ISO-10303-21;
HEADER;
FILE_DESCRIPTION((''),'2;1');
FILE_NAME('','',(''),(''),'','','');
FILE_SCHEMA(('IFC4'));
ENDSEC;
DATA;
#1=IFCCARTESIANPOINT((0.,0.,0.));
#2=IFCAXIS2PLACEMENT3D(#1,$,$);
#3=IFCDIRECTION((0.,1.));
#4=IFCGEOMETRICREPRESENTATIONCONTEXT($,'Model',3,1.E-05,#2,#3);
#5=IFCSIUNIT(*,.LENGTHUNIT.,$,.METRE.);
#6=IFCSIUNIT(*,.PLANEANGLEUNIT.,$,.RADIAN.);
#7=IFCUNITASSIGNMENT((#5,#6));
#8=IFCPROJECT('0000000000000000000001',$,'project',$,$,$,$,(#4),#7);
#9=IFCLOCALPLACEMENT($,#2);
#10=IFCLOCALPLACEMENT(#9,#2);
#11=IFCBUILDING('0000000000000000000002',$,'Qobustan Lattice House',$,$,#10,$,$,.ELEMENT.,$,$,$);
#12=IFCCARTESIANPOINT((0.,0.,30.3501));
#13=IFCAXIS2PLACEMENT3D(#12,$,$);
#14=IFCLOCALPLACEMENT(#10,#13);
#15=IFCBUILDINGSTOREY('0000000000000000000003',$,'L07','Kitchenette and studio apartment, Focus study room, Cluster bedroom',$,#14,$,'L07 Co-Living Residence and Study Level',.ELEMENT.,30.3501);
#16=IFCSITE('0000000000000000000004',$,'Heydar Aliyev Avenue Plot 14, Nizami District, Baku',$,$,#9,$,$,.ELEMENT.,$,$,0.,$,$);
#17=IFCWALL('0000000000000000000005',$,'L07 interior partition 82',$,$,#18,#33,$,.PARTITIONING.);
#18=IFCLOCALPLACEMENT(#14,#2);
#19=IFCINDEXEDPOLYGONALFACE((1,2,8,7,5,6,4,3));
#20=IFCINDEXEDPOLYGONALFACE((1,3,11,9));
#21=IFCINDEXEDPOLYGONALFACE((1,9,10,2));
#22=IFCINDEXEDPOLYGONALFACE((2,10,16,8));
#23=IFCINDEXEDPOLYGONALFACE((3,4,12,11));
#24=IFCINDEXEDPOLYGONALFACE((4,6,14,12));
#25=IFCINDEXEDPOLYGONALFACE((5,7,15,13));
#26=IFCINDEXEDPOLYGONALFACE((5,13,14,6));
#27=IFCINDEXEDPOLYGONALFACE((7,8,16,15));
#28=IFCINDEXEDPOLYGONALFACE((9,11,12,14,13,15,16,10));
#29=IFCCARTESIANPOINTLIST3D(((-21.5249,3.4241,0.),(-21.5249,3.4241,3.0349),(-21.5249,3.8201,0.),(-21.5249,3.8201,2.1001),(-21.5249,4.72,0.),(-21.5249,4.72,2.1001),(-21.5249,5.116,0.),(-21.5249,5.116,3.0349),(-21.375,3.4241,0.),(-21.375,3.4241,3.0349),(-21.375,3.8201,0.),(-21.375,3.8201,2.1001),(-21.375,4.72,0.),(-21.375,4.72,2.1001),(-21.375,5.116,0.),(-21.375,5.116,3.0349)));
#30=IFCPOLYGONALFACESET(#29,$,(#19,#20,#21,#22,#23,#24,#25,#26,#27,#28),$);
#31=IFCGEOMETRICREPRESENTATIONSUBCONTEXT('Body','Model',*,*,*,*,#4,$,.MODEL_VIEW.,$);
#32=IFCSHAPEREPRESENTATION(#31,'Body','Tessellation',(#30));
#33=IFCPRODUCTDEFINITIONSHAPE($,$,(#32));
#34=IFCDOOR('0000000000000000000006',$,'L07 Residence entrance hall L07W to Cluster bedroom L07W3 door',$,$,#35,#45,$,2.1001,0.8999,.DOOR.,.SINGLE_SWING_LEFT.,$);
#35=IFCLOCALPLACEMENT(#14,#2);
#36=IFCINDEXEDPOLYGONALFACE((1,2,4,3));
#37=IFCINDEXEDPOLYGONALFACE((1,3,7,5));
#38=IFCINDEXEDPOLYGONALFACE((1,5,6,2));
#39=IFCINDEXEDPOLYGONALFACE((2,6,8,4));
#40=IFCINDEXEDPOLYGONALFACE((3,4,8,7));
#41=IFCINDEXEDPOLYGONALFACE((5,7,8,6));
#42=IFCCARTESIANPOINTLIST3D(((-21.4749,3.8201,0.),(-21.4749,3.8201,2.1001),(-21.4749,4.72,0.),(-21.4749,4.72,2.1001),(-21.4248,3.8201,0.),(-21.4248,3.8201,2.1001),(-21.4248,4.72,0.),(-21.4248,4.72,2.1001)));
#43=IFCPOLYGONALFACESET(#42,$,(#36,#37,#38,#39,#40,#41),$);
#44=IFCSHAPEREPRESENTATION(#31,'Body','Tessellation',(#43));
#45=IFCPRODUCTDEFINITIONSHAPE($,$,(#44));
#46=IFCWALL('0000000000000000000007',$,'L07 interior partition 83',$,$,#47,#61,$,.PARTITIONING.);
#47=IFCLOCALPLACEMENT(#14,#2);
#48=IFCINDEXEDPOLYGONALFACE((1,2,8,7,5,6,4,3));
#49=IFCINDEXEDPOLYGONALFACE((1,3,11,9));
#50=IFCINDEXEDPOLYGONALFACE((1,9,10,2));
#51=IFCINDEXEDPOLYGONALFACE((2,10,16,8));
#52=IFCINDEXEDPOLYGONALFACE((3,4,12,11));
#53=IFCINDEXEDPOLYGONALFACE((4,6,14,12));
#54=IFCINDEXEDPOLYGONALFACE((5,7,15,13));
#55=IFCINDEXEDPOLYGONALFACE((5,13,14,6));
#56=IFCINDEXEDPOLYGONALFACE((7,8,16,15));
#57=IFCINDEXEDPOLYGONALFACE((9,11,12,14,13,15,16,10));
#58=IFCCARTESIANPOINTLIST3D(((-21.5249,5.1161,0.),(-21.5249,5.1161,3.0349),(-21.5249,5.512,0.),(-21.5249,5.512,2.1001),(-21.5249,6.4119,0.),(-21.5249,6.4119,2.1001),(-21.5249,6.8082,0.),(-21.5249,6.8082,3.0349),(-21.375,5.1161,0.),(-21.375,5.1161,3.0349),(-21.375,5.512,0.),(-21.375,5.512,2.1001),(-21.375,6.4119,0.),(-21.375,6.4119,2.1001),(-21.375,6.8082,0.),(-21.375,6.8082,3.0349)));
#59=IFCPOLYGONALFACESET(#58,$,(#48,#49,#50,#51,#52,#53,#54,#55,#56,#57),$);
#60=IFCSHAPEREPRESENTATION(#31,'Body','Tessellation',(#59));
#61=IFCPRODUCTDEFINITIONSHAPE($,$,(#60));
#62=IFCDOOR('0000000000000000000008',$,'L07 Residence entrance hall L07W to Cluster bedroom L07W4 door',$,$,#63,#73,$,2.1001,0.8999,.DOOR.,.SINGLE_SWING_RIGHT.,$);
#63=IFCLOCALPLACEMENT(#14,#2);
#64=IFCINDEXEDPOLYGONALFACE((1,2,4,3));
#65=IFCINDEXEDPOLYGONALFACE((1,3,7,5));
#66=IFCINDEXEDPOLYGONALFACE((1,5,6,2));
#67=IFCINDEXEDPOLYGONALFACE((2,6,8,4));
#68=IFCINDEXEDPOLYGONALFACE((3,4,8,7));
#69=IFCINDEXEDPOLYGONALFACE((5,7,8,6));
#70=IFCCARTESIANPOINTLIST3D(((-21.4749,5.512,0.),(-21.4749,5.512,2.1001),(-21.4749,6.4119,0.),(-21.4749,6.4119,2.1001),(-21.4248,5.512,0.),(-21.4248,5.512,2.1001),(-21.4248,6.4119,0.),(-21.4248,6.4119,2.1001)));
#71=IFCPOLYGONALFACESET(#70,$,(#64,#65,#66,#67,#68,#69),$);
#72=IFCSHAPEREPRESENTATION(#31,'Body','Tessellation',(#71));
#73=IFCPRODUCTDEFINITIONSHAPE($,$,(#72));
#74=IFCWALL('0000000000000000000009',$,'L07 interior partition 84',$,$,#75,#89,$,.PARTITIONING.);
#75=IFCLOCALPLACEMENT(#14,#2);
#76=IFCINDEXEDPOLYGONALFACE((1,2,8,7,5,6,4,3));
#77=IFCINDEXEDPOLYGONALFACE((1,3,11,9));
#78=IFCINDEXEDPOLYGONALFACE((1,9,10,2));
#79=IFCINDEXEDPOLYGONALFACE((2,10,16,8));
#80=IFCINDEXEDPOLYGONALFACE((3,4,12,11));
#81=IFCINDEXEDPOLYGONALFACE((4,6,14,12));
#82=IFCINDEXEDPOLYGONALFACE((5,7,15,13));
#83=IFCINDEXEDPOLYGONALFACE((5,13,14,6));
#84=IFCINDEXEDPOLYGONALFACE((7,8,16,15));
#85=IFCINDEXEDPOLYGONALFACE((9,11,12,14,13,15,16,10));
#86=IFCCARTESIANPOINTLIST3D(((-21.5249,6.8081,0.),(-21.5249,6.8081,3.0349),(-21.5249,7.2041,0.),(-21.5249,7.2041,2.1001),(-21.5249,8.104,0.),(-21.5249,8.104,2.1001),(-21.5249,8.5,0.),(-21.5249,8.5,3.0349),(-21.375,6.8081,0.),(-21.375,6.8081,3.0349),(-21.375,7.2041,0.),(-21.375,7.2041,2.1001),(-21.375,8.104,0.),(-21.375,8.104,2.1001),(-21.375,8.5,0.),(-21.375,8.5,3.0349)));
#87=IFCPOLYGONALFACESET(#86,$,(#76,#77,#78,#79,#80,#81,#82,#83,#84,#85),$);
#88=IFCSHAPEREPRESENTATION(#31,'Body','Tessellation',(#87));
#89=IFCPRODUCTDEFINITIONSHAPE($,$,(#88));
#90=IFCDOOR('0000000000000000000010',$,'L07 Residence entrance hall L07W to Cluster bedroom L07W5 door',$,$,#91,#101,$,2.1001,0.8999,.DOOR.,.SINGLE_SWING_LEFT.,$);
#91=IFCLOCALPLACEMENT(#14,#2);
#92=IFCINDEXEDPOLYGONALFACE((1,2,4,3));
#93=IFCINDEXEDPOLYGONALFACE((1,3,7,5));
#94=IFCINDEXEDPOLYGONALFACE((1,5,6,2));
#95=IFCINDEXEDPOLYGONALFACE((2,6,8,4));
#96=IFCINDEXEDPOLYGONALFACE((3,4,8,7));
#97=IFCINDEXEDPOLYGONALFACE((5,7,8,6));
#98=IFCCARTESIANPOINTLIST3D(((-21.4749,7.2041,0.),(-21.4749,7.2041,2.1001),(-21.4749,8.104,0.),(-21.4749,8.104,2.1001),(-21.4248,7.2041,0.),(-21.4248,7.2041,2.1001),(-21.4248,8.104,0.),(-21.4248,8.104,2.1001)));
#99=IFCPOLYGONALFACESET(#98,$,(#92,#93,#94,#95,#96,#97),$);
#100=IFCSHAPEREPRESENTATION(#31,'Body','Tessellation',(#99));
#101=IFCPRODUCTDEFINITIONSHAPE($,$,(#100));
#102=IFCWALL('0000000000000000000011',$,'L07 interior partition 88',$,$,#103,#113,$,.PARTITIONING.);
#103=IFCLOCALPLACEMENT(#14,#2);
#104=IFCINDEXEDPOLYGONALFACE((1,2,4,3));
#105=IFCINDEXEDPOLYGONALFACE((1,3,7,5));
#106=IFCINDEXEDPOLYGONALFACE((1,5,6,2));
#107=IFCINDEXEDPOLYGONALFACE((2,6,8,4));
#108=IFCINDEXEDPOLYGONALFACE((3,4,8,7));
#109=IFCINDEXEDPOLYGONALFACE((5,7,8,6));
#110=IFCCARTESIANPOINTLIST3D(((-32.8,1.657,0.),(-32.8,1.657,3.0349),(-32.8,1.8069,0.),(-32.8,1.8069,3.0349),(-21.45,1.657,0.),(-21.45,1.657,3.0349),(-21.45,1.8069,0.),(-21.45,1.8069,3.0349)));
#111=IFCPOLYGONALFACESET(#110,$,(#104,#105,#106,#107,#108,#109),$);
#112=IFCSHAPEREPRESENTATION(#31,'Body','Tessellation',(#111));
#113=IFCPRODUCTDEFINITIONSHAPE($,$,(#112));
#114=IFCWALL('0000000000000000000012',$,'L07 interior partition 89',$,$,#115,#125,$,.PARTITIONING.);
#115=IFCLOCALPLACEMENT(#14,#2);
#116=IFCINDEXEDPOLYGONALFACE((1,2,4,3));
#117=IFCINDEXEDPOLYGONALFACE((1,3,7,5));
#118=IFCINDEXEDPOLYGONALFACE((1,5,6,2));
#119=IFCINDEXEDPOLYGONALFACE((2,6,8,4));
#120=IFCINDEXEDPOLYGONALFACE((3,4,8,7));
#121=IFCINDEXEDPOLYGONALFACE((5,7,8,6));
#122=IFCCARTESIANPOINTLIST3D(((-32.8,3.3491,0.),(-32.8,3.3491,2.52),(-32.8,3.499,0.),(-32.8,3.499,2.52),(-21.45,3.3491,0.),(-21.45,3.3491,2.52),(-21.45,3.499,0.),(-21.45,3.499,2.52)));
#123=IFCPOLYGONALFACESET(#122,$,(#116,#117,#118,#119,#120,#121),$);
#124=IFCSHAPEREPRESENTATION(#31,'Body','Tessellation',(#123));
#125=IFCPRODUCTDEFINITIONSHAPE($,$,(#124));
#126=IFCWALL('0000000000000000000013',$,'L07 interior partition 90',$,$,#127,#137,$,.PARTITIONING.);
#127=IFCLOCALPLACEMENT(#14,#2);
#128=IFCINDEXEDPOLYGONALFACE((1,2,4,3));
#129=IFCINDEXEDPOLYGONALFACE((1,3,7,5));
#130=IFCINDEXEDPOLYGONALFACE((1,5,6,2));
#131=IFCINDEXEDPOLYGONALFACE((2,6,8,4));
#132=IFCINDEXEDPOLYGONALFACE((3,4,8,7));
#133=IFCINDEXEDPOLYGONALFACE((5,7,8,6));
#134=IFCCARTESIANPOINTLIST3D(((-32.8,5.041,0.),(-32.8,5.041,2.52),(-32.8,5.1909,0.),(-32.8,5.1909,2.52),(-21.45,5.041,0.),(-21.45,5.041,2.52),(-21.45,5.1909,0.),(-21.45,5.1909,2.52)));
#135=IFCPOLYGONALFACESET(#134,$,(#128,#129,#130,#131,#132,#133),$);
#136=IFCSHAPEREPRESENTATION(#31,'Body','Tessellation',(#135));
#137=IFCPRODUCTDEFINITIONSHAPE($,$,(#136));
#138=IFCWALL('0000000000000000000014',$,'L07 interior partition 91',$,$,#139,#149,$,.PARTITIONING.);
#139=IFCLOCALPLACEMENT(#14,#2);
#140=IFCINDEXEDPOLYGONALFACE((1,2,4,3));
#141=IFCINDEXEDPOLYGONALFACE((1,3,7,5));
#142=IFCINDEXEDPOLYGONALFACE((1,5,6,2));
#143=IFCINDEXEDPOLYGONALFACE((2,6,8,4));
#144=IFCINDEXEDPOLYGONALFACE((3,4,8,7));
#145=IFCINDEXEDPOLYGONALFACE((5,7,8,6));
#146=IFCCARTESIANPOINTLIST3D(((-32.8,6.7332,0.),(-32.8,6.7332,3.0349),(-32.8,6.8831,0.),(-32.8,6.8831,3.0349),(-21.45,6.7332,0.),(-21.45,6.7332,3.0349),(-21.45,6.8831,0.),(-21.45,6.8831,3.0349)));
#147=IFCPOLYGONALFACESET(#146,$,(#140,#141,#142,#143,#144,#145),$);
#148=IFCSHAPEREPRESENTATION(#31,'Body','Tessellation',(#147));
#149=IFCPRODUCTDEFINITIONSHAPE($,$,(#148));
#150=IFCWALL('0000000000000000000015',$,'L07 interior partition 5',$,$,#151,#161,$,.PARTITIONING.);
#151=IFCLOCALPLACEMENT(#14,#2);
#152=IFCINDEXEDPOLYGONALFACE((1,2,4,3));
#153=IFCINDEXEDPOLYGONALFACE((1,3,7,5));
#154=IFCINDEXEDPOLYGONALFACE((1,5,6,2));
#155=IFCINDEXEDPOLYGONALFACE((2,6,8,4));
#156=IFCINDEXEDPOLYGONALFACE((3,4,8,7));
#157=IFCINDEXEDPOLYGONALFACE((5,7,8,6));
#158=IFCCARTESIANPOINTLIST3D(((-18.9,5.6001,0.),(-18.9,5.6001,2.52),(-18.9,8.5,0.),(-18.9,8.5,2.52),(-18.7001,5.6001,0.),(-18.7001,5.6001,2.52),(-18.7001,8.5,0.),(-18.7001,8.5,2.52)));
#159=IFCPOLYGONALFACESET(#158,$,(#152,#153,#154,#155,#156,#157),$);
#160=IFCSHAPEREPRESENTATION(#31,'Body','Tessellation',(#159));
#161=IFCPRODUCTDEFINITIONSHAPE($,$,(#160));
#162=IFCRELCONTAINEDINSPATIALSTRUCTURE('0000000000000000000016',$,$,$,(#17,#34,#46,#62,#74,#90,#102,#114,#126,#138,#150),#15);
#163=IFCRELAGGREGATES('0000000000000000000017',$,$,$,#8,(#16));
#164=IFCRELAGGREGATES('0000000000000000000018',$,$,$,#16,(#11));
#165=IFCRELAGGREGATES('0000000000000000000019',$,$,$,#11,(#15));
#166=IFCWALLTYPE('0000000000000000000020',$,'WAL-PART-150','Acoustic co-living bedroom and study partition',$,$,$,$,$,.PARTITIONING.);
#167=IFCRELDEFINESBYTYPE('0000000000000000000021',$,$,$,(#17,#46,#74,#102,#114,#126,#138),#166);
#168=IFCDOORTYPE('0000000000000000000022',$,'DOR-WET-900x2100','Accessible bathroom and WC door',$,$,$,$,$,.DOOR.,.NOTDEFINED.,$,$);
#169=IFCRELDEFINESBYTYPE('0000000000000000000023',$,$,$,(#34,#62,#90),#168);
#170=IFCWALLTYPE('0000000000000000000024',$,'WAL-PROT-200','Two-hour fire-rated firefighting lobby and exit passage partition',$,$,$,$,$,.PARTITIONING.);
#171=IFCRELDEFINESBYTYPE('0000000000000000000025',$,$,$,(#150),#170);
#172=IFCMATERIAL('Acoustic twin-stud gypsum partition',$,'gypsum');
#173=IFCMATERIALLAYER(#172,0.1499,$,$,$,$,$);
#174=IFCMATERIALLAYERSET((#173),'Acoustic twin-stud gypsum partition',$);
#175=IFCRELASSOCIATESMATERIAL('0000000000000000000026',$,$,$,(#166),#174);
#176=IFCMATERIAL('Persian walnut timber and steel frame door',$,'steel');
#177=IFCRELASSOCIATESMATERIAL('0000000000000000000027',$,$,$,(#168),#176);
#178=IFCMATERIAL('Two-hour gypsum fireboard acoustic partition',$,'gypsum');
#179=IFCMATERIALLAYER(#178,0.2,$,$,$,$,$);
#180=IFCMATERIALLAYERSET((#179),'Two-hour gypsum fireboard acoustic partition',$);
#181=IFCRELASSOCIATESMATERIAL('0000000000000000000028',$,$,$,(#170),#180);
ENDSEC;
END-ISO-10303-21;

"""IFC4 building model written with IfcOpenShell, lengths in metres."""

from ifc_helpers import new_model, si_unit, direction, frame, frame_2d, origin, place, context, subcontext, project, spatial, rectangle, extrude, material, layer, layer_set, type_object, element, fill, save


model = new_model("IFC4")

# Units and contexts
model_context = context("Model", 3, precision=1e-05, world=origin(), true_north=direction((0.0, 1.0)))
body_context = subcontext(model_context, "Body", "Model", "MODEL_VIEW")
ifc_project = project(units=[si_unit("LENGTHUNIT", "METRE"), si_unit("PLANEANGLEUNIT", "RADIAN")], contexts=[model_context])

# Site, building, storey
site_placement = place(None, origin())
site = spatial("IfcSite", under=ifc_project, at=site_placement, Name="Heydar Aliyev Avenue Plot 14, Nizami District, Baku", CompositionType="ELEMENT", RefElevation=0.0)
building_placement = place(site_placement, origin())
building = spatial("IfcBuilding", under=site, at=building_placement, Name="Qobustan Lattice House", CompositionType="ELEMENT")
storey_placement = place(building_placement, frame((0.0, 0.0, 30.3501)))
storey = spatial("IfcBuildingStorey", under=building, at=storey_placement, Name="L07", Description="Kitchenette and studio apartment, Focus study room, Cluster bedroom", LongName="L07 Co-Living Residence and Study Level", CompositionType="ELEMENT", Elevation=30.3501)

# Shared definitions
ifc_material_1 = material(Name="Acoustic twin-stud gypsum partition", Category="gypsum")
ifc_layer_1 = layer(ifc_material_1, 0.1499)
ifc_layer_set_1 = layer_set([ifc_layer_1], Name="Acoustic twin-stud gypsum partition")
wall_type_1 = type_object("IfcWallType", Name="WAL-PART-150", Description="Acoustic co-living bedroom and study partition", PredefinedType="PARTITIONING", material=ifc_layer_set_1)

# Walls, openings, doors
ifc_material_2 = material(Name="Persian walnut timber and steel frame door", Category="steel")
door_type_1 = type_object("IfcDoorType", Name="DOR-WET-900x2100", Description="Accessible bathroom and WC door", OperationType="NOTDEFINED", PredefinedType="DOOR", material=ifc_material_2)
wall_1_placement = place(storey_placement, frame((-21.45, 3.4241, 0.0), z_axis=(0.0, 0.0, 1.0), x_axis=(0.0, 1.0, 0.0)))
wall_1 = element("IfcWall", 1, at=wall_1_placement, inside=storey, type_object=wall_type_1, Name="L07 interior partition 82", PredefinedType="PARTITIONING", context=body_context, shape_type="SweptSolid", body=[
    extrude(rectangle(XDim=1.6919, YDim=0.1499, at=frame_2d((0.8459, 0.0))), origin(), (0.0, 0.0, 1.0), 3.0349),
])
opening_1_placement = place(wall_1_placement, frame((0.396, 0.0, 0.0)))
opening_1 = element("IfcOpeningElement", 2, at=opening_1_placement, cuts=wall_1, PredefinedType="OPENING", context=body_context, shape_type="SweptSolid", body=[
    extrude(rectangle(XDim=0.8999, YDim=2.1001, at=frame_2d((0.45, 1.05))), frame((0.0, 0.085, 0.0), z_axis=(0.0, -1.0, 0.0), x_axis=(1.0, 0.0, 0.0)), (0.0, 0.0, 1.0), 0.1699),
])
door_1_placement = place(opening_1_placement, origin())
door_1 = element("IfcDoor", 3, at=door_1_placement, inside=storey, type_object=door_type_1, Name="L07 Residence entrance hall L07W to Cluster bedroom L07W3 door", OperationType="SINGLE_SWING_LEFT", OverallHeight=2.1001, OverallWidth=0.8999, PredefinedType="DOOR", context=body_context, shape_type="SweptSolid", body=[
    extrude(rectangle(XDim=0.8999, YDim=2.1001, at=frame_2d((0.45, 1.05))), frame((0.0, 0.0249, 0.0), z_axis=(0.0, -1.0, 0.0), x_axis=(1.0, 0.0, 0.0)), (0.0, 0.0, 1.0), 0.05),
])
fill(opening_1, door_1)
wall_2_placement = place(storey_placement, frame((-21.45, 5.116, 0.0), z_axis=(0.0, 0.0, 1.0), x_axis=(0.0, 1.0, 0.0)))
wall_2 = element("IfcWall", 4, at=wall_2_placement, inside=storey, type_object=wall_type_1, Name="L07 interior partition 83", PredefinedType="PARTITIONING", context=body_context, shape_type="SweptSolid", body=[
    extrude(rectangle(XDim=1.6921, YDim=0.1499, at=frame_2d((0.8462, 0.0))), origin(), (0.0, 0.0, 1.0), 3.0349),
])
opening_2_placement = place(wall_2_placement, frame((0.396, 0.0, 0.0)))
opening_2 = element("IfcOpeningElement", 5, at=opening_2_placement, cuts=wall_2, PredefinedType="OPENING", context=body_context, shape_type="SweptSolid", body=[
    extrude(rectangle(XDim=0.8999, YDim=2.1001, at=frame_2d((0.45, 1.05))), frame((0.0, 0.085, 0.0), z_axis=(0.0, -1.0, 0.0), x_axis=(1.0, 0.0, 0.0)), (0.0, 0.0, 1.0), 0.1699),
])
door_2_placement = place(opening_2_placement, origin())
door_2 = element("IfcDoor", 6, at=door_2_placement, inside=storey, type_object=door_type_1, Name="L07 Residence entrance hall L07W to Cluster bedroom L07W4 door", OperationType="SINGLE_SWING_RIGHT", OverallHeight=2.1001, OverallWidth=0.8999, PredefinedType="DOOR", context=body_context, shape_type="SweptSolid", body=[
    extrude(rectangle(XDim=0.8999, YDim=2.1001, at=frame_2d((0.45, 1.05))), frame((0.0, 0.0249, 0.0), z_axis=(0.0, -1.0, 0.0), x_axis=(1.0, 0.0, 0.0)), (0.0, 0.0, 1.0), 0.05),
])
fill(opening_2, door_2)
wall_3_placement = place(storey_placement, frame((-21.45, 6.8081, 0.0), z_axis=(0.0, 0.0, 1.0), x_axis=(0.0, 1.0, 0.0)))
wall_3 = element("IfcWall", 7, at=wall_3_placement, inside=storey, type_object=wall_type_1, Name="L07 interior partition 84", PredefinedType="PARTITIONING", context=body_context, shape_type="SweptSolid", body=[
    extrude(rectangle(XDim=1.6919, YDim=0.1499, at=frame_2d((0.8459, 0.0))), origin(), (0.0, 0.0, 1.0), 3.0349),
])
opening_3_placement = place(wall_3_placement, frame((0.396, 0.0, 0.0)))
opening_3 = element("IfcOpeningElement", 8, at=opening_3_placement, cuts=wall_3, PredefinedType="OPENING", context=body_context, shape_type="SweptSolid", body=[
    extrude(rectangle(XDim=0.8999, YDim=2.1001, at=frame_2d((0.45, 1.05))), frame((0.0, 0.085, 0.0), z_axis=(0.0, -1.0, 0.0), x_axis=(1.0, 0.0, 0.0)), (0.0, 0.0, 1.0), 0.1699),
])
door_3_placement = place(opening_3_placement, origin())
door_3 = element("IfcDoor", 9, at=door_3_placement, inside=storey, type_object=door_type_1, Name="L07 Residence entrance hall L07W to Cluster bedroom L07W5 door", OperationType="SINGLE_SWING_LEFT", OverallHeight=2.1001, OverallWidth=0.8999, PredefinedType="DOOR", context=body_context, shape_type="SweptSolid", body=[
    extrude(rectangle(XDim=0.8999, YDim=2.1001, at=frame_2d((0.45, 1.05))), frame((0.0, 0.0249, 0.0), z_axis=(0.0, -1.0, 0.0), x_axis=(1.0, 0.0, 0.0)), (0.0, 0.0, 1.0), 0.05),
])
fill(opening_3, door_3)

# Walls
wall_4_placement = place(storey_placement, frame((-32.8, 1.7319, 0.0), z_axis=(0.0, 0.0, 1.0), x_axis=(1.0, 0.0, 0.0)))
element("IfcWall", 10, at=wall_4_placement, inside=storey, type_object=wall_type_1, Name="L07 interior partition 88", PredefinedType="PARTITIONING", context=body_context, shape_type="SweptSolid", body=[
    extrude(rectangle(XDim=11.3501, YDim=0.1499, at=frame_2d((5.675, 0.0))), origin(), (0.0, 0.0, 1.0), 3.0349),
])
for number, where, z_axis, x_axis, name in (
    (11, (-32.8, 3.4241, 0.0), (0.0, 0.0, 1.0), (1.0, 0.0, 0.0), "L07 interior partition 89"),
    (12, (-32.8, 5.116, 0.0), (0.0, 0.0, 1.0), (1.0, 0.0, 0.0), "L07 interior partition 90"),
):
    element("IfcWall", number, at=place(storey_placement, frame(where, z_axis=z_axis, x_axis=x_axis)), inside=storey, type_object=wall_type_1, Name=name, PredefinedType="PARTITIONING", context=body_context, shape_type="SweptSolid", body=[
        extrude(rectangle(XDim=11.3501, YDim=0.1499, at=frame_2d((5.675, 0.0))), origin(), (0.0, 0.0, 1.0), 2.52),
    ])
wall_5_placement = place(storey_placement, frame((-32.8, 6.8081, 0.0), z_axis=(0.0, 0.0, 1.0), x_axis=(1.0, 0.0, 0.0)))
element("IfcWall", 13, at=wall_5_placement, inside=storey, type_object=wall_type_1, Name="L07 interior partition 91", PredefinedType="PARTITIONING", context=body_context, shape_type="SweptSolid", body=[
    extrude(rectangle(XDim=11.3501, YDim=0.1499, at=frame_2d((5.675, 0.0))), origin(), (0.0, 0.0, 1.0), 3.0349),
])
ifc_material_3 = material(Name="Two-hour gypsum fireboard acoustic partition", Category="gypsum")
ifc_layer_2 = layer(ifc_material_3, 0.2)
ifc_layer_set_2 = layer_set([ifc_layer_2], Name="Two-hour gypsum fireboard acoustic partition")
wall_type_2 = type_object("IfcWallType", Name="WAL-PROT-200", Description="Two-hour fire-rated firefighting lobby and exit passage partition", PredefinedType="PARTITIONING", material=ifc_layer_set_2)
wall_6_placement = place(storey_placement, frame((-18.8, 8.5, 0.0), z_axis=(0.0, 0.0, 1.0), x_axis=(0.0, -1.0, 0.0)))
element("IfcWall", 14, at=wall_6_placement, inside=storey, type_object=wall_type_2, Name="L07 interior partition 5", PredefinedType="PARTITIONING", context=body_context, shape_type="SweptSolid", body=[
    extrude(rectangle(XDim=2.8999, YDim=0.2, at=frame_2d((1.45, 0.0))), origin(), (0.0, 0.0, 1.0), 2.52),
])

save(model, "model.ifc")
